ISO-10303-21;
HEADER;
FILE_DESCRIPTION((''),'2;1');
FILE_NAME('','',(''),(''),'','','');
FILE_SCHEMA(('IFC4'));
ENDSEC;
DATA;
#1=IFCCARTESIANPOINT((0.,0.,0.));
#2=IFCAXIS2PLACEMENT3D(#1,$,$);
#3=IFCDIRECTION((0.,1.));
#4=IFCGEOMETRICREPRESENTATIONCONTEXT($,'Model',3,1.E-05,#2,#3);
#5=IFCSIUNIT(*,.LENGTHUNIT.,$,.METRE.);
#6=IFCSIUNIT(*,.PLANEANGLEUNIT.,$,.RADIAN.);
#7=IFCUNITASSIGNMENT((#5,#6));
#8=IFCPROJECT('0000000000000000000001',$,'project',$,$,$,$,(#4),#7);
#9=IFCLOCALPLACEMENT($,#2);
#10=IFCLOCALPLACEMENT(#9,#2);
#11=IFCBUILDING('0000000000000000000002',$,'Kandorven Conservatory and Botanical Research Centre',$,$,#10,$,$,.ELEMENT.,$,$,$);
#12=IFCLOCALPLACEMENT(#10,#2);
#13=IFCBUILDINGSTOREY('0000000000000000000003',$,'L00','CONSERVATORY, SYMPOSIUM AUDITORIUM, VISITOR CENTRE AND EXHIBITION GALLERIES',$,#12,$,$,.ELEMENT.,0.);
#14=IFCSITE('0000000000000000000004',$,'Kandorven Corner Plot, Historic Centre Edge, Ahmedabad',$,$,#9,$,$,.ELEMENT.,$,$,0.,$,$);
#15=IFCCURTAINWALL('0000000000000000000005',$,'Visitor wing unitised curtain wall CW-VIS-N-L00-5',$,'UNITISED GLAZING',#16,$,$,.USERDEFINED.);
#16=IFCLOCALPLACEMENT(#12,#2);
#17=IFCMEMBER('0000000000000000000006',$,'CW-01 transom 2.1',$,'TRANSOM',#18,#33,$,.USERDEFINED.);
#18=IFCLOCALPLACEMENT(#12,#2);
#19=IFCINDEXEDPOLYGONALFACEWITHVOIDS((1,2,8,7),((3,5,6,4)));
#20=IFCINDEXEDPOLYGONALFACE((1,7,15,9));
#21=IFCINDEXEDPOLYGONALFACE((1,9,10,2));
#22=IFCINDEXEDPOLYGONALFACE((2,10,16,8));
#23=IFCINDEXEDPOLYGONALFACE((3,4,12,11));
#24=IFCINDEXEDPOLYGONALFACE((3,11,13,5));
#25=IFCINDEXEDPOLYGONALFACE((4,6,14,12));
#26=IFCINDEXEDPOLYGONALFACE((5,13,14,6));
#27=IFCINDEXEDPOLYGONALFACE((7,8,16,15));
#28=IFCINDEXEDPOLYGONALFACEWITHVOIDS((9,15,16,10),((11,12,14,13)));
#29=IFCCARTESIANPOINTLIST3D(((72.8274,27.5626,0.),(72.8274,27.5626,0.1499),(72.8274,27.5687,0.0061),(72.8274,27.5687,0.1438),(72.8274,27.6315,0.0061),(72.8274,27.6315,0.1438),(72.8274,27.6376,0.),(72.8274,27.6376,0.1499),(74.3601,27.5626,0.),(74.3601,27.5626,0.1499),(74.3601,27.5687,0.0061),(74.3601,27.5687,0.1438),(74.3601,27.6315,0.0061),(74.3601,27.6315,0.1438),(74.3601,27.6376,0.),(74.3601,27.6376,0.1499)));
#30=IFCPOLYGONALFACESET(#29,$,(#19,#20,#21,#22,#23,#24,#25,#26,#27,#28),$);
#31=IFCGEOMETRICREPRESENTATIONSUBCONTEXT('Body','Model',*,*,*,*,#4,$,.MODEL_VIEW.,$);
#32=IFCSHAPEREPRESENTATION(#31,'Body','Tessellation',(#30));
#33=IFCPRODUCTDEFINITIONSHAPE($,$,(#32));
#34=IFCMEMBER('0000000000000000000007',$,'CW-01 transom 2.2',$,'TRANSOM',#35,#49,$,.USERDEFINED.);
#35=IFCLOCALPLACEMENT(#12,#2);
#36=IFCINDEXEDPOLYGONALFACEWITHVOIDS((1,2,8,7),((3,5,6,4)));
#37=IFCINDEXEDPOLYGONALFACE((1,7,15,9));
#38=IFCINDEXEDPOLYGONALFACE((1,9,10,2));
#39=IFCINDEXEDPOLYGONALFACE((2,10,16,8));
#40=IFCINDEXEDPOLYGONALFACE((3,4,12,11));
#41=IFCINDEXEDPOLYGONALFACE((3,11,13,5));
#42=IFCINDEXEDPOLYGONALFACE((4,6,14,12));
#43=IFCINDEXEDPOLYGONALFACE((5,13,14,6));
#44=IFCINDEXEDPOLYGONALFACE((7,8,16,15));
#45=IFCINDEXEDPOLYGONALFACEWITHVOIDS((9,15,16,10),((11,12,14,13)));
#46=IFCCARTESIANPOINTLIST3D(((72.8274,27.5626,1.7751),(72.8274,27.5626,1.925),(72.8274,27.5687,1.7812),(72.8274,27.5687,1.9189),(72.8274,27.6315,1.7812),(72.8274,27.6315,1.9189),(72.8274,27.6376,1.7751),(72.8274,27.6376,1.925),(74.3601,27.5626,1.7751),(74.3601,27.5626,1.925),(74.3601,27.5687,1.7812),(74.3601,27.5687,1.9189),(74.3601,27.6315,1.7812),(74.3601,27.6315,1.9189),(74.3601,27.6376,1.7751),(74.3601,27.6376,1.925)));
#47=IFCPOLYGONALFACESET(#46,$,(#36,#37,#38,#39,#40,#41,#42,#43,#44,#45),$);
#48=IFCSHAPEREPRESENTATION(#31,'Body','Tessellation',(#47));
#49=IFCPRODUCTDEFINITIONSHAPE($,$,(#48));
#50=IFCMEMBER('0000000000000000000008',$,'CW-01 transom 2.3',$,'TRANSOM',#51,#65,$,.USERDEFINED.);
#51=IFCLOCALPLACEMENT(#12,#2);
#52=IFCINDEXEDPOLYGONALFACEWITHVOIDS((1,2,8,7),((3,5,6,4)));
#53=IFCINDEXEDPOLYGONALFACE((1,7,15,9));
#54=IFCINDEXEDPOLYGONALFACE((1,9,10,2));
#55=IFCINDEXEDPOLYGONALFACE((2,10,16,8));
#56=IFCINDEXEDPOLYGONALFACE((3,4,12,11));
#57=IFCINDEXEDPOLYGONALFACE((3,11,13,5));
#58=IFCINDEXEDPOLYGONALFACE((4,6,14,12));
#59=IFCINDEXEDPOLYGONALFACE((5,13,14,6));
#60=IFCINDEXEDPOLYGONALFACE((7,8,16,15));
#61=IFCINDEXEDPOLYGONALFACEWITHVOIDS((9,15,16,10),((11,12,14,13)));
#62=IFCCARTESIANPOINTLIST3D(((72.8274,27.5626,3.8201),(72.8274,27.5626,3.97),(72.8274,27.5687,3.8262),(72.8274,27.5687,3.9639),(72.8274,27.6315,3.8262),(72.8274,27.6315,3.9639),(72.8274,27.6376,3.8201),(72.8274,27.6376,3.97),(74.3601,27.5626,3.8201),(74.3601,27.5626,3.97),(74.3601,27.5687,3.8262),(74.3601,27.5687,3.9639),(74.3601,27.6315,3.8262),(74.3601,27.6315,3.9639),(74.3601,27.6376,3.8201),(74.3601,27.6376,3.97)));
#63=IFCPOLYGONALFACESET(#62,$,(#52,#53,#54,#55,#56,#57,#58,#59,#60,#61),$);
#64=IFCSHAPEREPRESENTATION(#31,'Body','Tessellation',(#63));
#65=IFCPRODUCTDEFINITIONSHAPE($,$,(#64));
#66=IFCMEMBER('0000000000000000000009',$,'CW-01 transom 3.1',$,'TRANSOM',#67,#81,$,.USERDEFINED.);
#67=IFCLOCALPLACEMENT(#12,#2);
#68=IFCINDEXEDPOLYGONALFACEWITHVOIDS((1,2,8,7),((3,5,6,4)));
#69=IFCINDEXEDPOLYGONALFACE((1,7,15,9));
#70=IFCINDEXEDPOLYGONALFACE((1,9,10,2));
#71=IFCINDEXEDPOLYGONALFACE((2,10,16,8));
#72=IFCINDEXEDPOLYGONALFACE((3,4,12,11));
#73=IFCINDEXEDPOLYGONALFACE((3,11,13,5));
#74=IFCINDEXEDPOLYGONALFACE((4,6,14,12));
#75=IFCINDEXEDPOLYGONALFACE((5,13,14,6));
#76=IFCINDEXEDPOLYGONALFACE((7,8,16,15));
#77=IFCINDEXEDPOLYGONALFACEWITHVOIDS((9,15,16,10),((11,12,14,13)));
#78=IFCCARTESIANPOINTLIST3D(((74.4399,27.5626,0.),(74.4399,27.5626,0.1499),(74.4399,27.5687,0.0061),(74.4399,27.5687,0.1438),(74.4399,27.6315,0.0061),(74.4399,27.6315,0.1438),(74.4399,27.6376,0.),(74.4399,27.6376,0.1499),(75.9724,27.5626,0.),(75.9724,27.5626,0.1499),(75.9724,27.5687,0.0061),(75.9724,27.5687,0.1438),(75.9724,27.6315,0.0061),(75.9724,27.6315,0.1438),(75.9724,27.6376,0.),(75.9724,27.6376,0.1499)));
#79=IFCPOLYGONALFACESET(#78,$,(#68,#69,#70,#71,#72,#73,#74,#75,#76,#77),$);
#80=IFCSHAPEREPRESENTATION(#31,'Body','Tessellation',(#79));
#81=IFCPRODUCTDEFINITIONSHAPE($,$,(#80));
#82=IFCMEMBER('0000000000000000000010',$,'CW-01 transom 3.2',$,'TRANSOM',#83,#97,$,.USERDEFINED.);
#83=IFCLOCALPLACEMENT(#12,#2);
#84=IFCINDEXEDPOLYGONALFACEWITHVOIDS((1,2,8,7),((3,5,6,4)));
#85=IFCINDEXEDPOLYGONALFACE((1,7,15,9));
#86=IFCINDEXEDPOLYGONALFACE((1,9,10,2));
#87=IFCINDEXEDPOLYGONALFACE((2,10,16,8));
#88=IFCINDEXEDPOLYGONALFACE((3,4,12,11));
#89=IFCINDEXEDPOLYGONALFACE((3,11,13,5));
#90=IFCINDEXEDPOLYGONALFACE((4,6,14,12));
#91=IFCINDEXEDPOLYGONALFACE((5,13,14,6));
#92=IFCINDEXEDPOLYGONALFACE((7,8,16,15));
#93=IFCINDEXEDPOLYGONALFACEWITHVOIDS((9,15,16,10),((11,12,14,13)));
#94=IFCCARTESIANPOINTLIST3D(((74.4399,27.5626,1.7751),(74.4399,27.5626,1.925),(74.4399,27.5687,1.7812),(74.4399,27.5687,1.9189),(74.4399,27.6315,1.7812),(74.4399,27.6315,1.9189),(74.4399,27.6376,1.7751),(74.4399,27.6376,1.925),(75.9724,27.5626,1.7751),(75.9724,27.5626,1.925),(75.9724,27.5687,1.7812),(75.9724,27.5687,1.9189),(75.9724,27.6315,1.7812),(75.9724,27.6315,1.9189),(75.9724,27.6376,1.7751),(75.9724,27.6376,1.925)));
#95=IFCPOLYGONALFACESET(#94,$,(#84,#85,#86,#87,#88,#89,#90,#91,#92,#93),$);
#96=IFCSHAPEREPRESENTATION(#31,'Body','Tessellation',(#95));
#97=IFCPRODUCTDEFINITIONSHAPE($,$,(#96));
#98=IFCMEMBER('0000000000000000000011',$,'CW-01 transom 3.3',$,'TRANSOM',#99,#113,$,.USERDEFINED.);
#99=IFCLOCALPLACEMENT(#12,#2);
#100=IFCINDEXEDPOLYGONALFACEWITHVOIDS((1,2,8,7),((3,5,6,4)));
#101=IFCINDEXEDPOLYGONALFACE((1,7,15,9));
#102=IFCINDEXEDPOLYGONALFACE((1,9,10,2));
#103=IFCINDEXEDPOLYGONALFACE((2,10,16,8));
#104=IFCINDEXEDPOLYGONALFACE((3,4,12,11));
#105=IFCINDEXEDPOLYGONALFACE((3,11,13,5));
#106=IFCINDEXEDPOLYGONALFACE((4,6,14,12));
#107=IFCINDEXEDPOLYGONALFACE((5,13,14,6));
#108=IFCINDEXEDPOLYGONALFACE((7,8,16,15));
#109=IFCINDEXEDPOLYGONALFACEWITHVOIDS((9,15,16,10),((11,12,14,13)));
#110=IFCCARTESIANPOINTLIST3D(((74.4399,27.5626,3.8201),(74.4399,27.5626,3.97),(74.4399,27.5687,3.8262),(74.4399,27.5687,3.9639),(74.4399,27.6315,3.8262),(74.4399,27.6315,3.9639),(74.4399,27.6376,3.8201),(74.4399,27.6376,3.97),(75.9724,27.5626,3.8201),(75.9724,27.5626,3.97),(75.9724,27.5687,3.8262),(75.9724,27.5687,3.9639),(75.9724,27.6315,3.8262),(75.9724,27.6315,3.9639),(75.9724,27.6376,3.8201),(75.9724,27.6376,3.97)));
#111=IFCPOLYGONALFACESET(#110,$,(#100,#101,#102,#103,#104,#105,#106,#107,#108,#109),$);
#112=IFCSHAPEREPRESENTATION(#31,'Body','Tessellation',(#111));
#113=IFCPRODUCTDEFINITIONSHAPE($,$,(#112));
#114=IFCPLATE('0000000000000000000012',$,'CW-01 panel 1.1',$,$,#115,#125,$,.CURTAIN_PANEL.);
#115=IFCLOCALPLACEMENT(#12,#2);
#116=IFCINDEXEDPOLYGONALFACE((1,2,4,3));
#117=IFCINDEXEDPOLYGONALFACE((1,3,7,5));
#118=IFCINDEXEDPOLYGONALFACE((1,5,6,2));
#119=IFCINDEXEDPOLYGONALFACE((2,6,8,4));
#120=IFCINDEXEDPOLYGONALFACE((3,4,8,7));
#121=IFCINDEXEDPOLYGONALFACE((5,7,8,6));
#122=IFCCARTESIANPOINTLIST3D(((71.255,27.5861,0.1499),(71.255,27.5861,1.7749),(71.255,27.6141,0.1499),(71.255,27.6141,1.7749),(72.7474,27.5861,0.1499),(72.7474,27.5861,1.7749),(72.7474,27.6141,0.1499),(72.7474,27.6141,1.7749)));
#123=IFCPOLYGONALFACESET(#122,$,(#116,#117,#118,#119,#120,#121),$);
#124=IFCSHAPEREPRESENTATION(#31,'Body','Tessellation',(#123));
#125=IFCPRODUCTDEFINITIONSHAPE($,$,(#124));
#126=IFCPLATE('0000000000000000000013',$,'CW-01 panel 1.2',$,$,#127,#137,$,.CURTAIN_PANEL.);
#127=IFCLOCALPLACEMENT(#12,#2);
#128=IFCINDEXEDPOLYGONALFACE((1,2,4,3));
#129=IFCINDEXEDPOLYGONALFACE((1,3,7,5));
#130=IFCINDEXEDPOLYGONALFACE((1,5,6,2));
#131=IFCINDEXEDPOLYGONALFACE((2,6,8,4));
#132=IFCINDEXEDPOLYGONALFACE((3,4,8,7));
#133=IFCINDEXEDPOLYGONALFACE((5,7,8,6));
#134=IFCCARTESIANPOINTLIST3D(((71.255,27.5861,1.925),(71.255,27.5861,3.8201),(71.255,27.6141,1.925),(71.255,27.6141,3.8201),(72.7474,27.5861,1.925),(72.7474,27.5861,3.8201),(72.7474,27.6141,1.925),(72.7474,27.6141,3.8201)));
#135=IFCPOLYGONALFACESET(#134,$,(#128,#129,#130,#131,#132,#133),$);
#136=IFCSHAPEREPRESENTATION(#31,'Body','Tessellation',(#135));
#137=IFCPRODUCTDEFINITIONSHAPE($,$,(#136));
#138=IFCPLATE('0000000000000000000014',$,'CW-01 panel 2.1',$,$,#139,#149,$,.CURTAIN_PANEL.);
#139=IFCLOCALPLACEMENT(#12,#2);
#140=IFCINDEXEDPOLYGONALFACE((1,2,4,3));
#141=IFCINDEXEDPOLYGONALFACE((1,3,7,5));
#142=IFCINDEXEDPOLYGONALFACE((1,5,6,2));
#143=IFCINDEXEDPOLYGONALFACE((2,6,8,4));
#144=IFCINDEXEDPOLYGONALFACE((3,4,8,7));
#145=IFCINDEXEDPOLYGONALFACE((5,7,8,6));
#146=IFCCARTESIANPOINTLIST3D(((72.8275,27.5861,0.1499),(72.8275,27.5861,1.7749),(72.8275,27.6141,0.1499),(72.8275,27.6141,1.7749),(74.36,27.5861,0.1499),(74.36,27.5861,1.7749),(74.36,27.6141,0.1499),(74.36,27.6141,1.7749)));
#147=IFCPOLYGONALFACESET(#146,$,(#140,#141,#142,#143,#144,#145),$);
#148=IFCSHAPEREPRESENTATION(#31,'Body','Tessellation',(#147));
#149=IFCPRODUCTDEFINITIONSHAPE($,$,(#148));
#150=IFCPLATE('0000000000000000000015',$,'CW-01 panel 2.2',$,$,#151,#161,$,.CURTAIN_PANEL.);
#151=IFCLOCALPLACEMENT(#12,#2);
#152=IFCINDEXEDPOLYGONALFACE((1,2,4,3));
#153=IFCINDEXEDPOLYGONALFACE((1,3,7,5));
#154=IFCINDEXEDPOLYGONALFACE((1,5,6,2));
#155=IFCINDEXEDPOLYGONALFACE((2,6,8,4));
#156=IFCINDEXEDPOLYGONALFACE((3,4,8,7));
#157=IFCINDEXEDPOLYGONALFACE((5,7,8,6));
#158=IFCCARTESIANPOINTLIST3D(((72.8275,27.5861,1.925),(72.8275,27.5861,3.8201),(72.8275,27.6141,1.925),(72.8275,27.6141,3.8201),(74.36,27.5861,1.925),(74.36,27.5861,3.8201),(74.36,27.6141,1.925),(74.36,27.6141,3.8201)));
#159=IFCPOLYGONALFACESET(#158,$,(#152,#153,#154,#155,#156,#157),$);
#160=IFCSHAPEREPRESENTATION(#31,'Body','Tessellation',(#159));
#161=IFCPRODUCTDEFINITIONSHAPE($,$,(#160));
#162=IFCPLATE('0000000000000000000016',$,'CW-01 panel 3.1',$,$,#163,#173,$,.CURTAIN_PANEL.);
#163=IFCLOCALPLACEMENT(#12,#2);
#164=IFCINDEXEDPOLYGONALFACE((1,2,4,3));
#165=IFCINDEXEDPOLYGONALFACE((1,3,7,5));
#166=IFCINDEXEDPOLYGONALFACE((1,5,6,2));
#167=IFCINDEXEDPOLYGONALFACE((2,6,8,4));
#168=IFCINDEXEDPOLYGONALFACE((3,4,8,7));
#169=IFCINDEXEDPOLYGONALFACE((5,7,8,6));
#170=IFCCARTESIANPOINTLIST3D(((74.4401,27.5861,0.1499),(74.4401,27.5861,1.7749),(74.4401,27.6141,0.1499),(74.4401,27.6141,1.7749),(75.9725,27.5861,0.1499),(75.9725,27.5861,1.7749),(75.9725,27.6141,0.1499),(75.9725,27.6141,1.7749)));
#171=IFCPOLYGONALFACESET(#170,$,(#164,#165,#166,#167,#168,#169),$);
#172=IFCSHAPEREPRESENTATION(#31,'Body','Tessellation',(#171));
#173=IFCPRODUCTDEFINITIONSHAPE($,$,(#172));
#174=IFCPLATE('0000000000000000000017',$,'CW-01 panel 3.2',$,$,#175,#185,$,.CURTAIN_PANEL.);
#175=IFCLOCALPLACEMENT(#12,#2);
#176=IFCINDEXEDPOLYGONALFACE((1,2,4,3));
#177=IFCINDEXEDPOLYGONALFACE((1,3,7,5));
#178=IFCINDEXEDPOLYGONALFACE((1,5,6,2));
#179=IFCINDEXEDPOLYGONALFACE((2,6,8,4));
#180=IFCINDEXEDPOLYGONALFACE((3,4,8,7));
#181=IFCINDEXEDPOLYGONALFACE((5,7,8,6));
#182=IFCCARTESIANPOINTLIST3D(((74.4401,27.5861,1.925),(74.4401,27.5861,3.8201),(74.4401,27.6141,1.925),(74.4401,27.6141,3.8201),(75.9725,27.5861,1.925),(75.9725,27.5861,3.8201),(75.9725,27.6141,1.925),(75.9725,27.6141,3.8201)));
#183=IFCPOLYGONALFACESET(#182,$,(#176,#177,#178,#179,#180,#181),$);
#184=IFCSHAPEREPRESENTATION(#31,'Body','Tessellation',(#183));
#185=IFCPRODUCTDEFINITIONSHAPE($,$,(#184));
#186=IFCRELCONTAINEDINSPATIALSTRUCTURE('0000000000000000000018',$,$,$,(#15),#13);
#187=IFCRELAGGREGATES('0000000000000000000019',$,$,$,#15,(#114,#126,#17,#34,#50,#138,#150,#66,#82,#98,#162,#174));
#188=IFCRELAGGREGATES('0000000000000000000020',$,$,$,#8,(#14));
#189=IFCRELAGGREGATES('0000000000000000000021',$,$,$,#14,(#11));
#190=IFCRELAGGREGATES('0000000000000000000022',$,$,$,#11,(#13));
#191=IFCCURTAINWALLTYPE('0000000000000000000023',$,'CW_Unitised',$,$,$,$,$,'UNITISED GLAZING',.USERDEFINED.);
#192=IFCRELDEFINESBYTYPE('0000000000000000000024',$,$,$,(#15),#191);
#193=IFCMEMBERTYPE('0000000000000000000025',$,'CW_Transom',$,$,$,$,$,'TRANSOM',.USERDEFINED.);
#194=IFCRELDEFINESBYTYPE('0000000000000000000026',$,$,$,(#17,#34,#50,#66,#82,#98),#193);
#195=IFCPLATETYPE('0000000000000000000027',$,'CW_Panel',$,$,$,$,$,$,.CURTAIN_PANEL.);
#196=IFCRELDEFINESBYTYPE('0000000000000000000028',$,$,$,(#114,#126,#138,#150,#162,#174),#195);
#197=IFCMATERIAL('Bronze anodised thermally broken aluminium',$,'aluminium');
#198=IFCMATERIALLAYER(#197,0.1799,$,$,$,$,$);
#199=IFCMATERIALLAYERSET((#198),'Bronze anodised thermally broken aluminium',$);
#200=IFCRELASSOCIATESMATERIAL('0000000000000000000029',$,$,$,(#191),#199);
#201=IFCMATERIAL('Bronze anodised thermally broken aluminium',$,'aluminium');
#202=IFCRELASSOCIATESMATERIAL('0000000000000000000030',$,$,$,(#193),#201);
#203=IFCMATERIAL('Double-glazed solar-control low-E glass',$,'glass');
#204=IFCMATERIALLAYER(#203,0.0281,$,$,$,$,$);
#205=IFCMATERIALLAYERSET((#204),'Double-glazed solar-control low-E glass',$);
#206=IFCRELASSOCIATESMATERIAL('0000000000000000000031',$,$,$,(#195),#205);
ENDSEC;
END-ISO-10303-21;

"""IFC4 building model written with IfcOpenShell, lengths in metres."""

from ifc_helpers import new_model, si_unit, direction, frame, origin, origin_2d, place, context, subcontext, project, spatial, rectangle, hollow_rectangle, extrude, material, layer, layer_set, material_profile, profile_set, type_object, element, aggregate, save


model = new_model("IFC4")

# Units and contexts
model_context = context("Model", 3, precision=1e-05, world=origin(), true_north=direction((0.0, 1.0)))
body_context = subcontext(model_context, "Body", "Model", "MODEL_VIEW")
ifc_project = project(units=[si_unit("LENGTHUNIT", "METRE"), si_unit("PLANEANGLEUNIT", "RADIAN")], contexts=[model_context])

# Site, building, storey
site_placement = place(None, origin())
site = spatial("IfcSite", under=ifc_project, at=site_placement, Name="Kandorven Corner Plot, Historic Centre Edge, Ahmedabad", CompositionType="ELEMENT", RefElevation=0.0)
building_placement = place(site_placement, origin())
building = spatial("IfcBuilding", under=site, at=building_placement, Name="Kandorven Conservatory and Botanical Research Centre", CompositionType="ELEMENT")
storey_placement = place(building_placement, origin())
storey = spatial("IfcBuildingStorey", under=building, at=storey_placement, Name="L00", Description="CONSERVATORY, SYMPOSIUM AUDITORIUM, VISITOR CENTRE AND EXHIBITION GALLERIES", CompositionType="ELEMENT", Elevation=0.0)

# Curtain wall, members, plates
ifc_material_1 = material(Name="Bronze anodised thermally broken aluminium", Category="aluminium")
ifc_layer_1 = layer(ifc_material_1, 0.1799)
ifc_layer_set_1 = layer_set([ifc_layer_1], Name="Bronze anodised thermally broken aluminium")
curtain_wall_type = type_object("IfcCurtainWallType", Name="CW_Unitised", ElementType="UNITISED GLAZING", PredefinedType="USERDEFINED", material=ifc_layer_set_1)
curtain_wall_placement = place(storey_placement, origin())
curtain_wall = element("IfcCurtainWall", 1, at=curtain_wall_placement, inside=storey, type_object=curtain_wall_type, Name="Visitor wing unitised curtain wall CW-VIS-N-L00-5", ObjectType="UNITISED GLAZING", PredefinedType="USERDEFINED")
ifc_material_2 = material(Name="Bronze anodised thermally broken aluminium", Category="aluminium")
ifc_material_profile_1 = material_profile(ifc_material_2, hollow_rectangle(XDim=0.075, YDim=0.1499, WallThickness=0.0061, at=origin_2d()))
ifc_profile_set_1 = profile_set([ifc_material_profile_1], Name="Bronze anodised thermally broken aluminium")
member_type_1 = type_object("IfcMemberType", Name="CW_Transom", ElementType="TRANSOM", PredefinedType="USERDEFINED", material=ifc_profile_set_1)
member_1_placement = place(storey_placement, frame((72.8274, 27.6001, 0.075), z_axis=(1.0, 0.0, 0.0), x_axis=(0.0, 1.0, 0.0)))
member_1 = element("IfcMember", 2, at=member_1_placement, type_object=member_type_1, Name="CW-01 transom 2.1", ObjectType="TRANSOM", PredefinedType="USERDEFINED", context=body_context, shape_type="SweptSolid", body=[
    extrude(hollow_rectangle(XDim=0.075, YDim=0.1499, WallThickness=0.0061, at=origin_2d()), origin(), (0.0, 0.0, 1.0), 1.5327),
])
member_2_placement = place(storey_placement, frame((72.8274, 27.6001, 1.8501), z_axis=(1.0, 0.0, 0.0), x_axis=(0.0, 1.0, 0.0)))
member_2 = element("IfcMember", 3, at=member_2_placement, type_object=member_type_1, Name="CW-01 transom 2.2", ObjectType="TRANSOM", PredefinedType="USERDEFINED", context=body_context, shape_type="SweptSolid", body=[
    extrude(hollow_rectangle(XDim=0.075, YDim=0.1499, WallThickness=0.0061, at=origin_2d()), origin(), (0.0, 0.0, 1.0), 1.5327),
])
member_3_placement = place(storey_placement, frame((72.8274, 27.6001, 3.895), z_axis=(1.0, 0.0, 0.0), x_axis=(0.0, 1.0, 0.0)))
member_3 = element("IfcMember", 4, at=member_3_placement, type_object=member_type_1, Name="CW-01 transom 2.3", ObjectType="TRANSOM", PredefinedType="USERDEFINED", context=body_context, shape_type="SweptSolid", body=[
    extrude(hollow_rectangle(XDim=0.075, YDim=0.1499, WallThickness=0.0061, at=origin_2d()), origin(), (0.0, 0.0, 1.0), 1.5327),
])
member_4_placement = place(storey_placement, frame((74.4399, 27.6001, 0.075), z_axis=(1.0, 0.0, 0.0), x_axis=(0.0, 1.0, 0.0)))
member_4 = element("IfcMember", 5, at=member_4_placement, type_object=member_type_1, Name="CW-01 transom 3.1", ObjectType="TRANSOM", PredefinedType="USERDEFINED", context=body_context, shape_type="SweptSolid", body=[
    extrude(hollow_rectangle(XDim=0.075, YDim=0.1499, WallThickness=0.0061, at=origin_2d()), origin(), (0.0, 0.0, 1.0), 1.5325),
])
member_5_placement = place(storey_placement, frame((74.4399, 27.6001, 1.8501), z_axis=(1.0, 0.0, 0.0), x_axis=(0.0, 1.0, 0.0)))
member_5 = element("IfcMember", 6, at=member_5_placement, type_object=member_type_1, Name="CW-01 transom 3.2", ObjectType="TRANSOM", PredefinedType="USERDEFINED", context=body_context, shape_type="SweptSolid", body=[
    extrude(hollow_rectangle(XDim=0.075, YDim=0.1499, WallThickness=0.0061, at=origin_2d()), origin(), (0.0, 0.0, 1.0), 1.5325),
])
member_6_placement = place(storey_placement, frame((74.4399, 27.6001, 3.895), z_axis=(1.0, 0.0, 0.0), x_axis=(0.0, 1.0, 0.0)))
member_6 = element("IfcMember", 7, at=member_6_placement, type_object=member_type_1, Name="CW-01 transom 3.3", ObjectType="TRANSOM", PredefinedType="USERDEFINED", context=body_context, shape_type="SweptSolid", body=[
    extrude(hollow_rectangle(XDim=0.075, YDim=0.1499, WallThickness=0.0061, at=origin_2d()), origin(), (0.0, 0.0, 1.0), 1.5325),
])
ifc_material_3 = material(Name="Double-glazed solar-control low-E glass", Category="glass")
ifc_layer_2 = layer(ifc_material_3, 0.0281)
ifc_layer_set_2 = layer_set([ifc_layer_2], Name="Double-glazed solar-control low-E glass")
plate_type = type_object("IfcPlateType", Name="CW_Panel", PredefinedType="CURTAIN_PANEL", material=ifc_layer_set_2)
plate_1_placement = place(storey_placement, frame((72.0012, 27.6001, 0.1499), z_axis=(0.0, 0.0, 1.0), x_axis=(1.0, 0.0, 0.0)))
plate_1 = element("IfcPlate", 8, at=plate_1_placement, type_object=plate_type, Name="CW-01 panel 1.1", PredefinedType="CURTAIN_PANEL", context=body_context, shape_type="SweptSolid", body=[
    extrude(rectangle(XDim=1.4924, YDim=0.0281, at=origin_2d()), origin(), (0.0, 0.0, 1.0), 1.625),
])
plate_2_placement = place(storey_placement, frame((72.0012, 27.6001, 1.925), z_axis=(0.0, 0.0, 1.0), x_axis=(1.0, 0.0, 0.0)))
plate_2 = element("IfcPlate", 9, at=plate_2_placement, type_object=plate_type, Name="CW-01 panel 1.2", PredefinedType="CURTAIN_PANEL", context=body_context, shape_type="SweptSolid", body=[
    extrude(rectangle(XDim=1.4924, YDim=0.0281, at=origin_2d()), origin(), (0.0, 0.0, 1.0), 1.895),
])
plate_3_placement = place(storey_placement, frame((73.5938, 27.6001, 0.1499), z_axis=(0.0, 0.0, 1.0), x_axis=(1.0, 0.0, 0.0)))
plate_3 = element("IfcPlate", 10, at=plate_3_placement, type_object=plate_type, Name="CW-01 panel 2.1", PredefinedType="CURTAIN_PANEL", context=body_context, shape_type="SweptSolid", body=[
    extrude(rectangle(XDim=1.5325, YDim=0.0281, at=origin_2d()), origin(), (0.0, 0.0, 1.0), 1.625),
])
plate_4_placement = place(storey_placement, frame((73.5938, 27.6001, 1.925), z_axis=(0.0, 0.0, 1.0), x_axis=(1.0, 0.0, 0.0)))
plate_4 = element("IfcPlate", 11, at=plate_4_placement, type_object=plate_type, Name="CW-01 panel 2.2", PredefinedType="CURTAIN_PANEL", context=body_context, shape_type="SweptSolid", body=[
    extrude(rectangle(XDim=1.5325, YDim=0.0281, at=origin_2d()), origin(), (0.0, 0.0, 1.0), 1.895),
])
plate_5_placement = place(storey_placement, frame((75.2063, 27.6001, 0.1499), z_axis=(0.0, 0.0, 1.0), x_axis=(1.0, 0.0, 0.0)))
plate_5 = element("IfcPlate", 12, at=plate_5_placement, type_object=plate_type, Name="CW-01 panel 3.1", PredefinedType="CURTAIN_PANEL", context=body_context, shape_type="SweptSolid", body=[
    extrude(rectangle(XDim=1.5325, YDim=0.0281, at=origin_2d()), origin(), (0.0, 0.0, 1.0), 1.625),
])
plate_6_placement = place(storey_placement, frame((75.2063, 27.6001, 1.925), z_axis=(0.0, 0.0, 1.0), x_axis=(1.0, 0.0, 0.0)))
plate_6 = element("IfcPlate", 13, at=plate_6_placement, type_object=plate_type, Name="CW-01 panel 3.2", PredefinedType="CURTAIN_PANEL", context=body_context, shape_type="SweptSolid", body=[
    extrude(rectangle(XDim=1.5325, YDim=0.0281, at=origin_2d()), origin(), (0.0, 0.0, 1.0), 1.895),
])
aggregate(curtain_wall, [plate_1, plate_2, member_1, member_2, member_3, plate_3, plate_4, member_4, member_5, member_6, plate_5, plate_6])

save(model, "model.ifc")
